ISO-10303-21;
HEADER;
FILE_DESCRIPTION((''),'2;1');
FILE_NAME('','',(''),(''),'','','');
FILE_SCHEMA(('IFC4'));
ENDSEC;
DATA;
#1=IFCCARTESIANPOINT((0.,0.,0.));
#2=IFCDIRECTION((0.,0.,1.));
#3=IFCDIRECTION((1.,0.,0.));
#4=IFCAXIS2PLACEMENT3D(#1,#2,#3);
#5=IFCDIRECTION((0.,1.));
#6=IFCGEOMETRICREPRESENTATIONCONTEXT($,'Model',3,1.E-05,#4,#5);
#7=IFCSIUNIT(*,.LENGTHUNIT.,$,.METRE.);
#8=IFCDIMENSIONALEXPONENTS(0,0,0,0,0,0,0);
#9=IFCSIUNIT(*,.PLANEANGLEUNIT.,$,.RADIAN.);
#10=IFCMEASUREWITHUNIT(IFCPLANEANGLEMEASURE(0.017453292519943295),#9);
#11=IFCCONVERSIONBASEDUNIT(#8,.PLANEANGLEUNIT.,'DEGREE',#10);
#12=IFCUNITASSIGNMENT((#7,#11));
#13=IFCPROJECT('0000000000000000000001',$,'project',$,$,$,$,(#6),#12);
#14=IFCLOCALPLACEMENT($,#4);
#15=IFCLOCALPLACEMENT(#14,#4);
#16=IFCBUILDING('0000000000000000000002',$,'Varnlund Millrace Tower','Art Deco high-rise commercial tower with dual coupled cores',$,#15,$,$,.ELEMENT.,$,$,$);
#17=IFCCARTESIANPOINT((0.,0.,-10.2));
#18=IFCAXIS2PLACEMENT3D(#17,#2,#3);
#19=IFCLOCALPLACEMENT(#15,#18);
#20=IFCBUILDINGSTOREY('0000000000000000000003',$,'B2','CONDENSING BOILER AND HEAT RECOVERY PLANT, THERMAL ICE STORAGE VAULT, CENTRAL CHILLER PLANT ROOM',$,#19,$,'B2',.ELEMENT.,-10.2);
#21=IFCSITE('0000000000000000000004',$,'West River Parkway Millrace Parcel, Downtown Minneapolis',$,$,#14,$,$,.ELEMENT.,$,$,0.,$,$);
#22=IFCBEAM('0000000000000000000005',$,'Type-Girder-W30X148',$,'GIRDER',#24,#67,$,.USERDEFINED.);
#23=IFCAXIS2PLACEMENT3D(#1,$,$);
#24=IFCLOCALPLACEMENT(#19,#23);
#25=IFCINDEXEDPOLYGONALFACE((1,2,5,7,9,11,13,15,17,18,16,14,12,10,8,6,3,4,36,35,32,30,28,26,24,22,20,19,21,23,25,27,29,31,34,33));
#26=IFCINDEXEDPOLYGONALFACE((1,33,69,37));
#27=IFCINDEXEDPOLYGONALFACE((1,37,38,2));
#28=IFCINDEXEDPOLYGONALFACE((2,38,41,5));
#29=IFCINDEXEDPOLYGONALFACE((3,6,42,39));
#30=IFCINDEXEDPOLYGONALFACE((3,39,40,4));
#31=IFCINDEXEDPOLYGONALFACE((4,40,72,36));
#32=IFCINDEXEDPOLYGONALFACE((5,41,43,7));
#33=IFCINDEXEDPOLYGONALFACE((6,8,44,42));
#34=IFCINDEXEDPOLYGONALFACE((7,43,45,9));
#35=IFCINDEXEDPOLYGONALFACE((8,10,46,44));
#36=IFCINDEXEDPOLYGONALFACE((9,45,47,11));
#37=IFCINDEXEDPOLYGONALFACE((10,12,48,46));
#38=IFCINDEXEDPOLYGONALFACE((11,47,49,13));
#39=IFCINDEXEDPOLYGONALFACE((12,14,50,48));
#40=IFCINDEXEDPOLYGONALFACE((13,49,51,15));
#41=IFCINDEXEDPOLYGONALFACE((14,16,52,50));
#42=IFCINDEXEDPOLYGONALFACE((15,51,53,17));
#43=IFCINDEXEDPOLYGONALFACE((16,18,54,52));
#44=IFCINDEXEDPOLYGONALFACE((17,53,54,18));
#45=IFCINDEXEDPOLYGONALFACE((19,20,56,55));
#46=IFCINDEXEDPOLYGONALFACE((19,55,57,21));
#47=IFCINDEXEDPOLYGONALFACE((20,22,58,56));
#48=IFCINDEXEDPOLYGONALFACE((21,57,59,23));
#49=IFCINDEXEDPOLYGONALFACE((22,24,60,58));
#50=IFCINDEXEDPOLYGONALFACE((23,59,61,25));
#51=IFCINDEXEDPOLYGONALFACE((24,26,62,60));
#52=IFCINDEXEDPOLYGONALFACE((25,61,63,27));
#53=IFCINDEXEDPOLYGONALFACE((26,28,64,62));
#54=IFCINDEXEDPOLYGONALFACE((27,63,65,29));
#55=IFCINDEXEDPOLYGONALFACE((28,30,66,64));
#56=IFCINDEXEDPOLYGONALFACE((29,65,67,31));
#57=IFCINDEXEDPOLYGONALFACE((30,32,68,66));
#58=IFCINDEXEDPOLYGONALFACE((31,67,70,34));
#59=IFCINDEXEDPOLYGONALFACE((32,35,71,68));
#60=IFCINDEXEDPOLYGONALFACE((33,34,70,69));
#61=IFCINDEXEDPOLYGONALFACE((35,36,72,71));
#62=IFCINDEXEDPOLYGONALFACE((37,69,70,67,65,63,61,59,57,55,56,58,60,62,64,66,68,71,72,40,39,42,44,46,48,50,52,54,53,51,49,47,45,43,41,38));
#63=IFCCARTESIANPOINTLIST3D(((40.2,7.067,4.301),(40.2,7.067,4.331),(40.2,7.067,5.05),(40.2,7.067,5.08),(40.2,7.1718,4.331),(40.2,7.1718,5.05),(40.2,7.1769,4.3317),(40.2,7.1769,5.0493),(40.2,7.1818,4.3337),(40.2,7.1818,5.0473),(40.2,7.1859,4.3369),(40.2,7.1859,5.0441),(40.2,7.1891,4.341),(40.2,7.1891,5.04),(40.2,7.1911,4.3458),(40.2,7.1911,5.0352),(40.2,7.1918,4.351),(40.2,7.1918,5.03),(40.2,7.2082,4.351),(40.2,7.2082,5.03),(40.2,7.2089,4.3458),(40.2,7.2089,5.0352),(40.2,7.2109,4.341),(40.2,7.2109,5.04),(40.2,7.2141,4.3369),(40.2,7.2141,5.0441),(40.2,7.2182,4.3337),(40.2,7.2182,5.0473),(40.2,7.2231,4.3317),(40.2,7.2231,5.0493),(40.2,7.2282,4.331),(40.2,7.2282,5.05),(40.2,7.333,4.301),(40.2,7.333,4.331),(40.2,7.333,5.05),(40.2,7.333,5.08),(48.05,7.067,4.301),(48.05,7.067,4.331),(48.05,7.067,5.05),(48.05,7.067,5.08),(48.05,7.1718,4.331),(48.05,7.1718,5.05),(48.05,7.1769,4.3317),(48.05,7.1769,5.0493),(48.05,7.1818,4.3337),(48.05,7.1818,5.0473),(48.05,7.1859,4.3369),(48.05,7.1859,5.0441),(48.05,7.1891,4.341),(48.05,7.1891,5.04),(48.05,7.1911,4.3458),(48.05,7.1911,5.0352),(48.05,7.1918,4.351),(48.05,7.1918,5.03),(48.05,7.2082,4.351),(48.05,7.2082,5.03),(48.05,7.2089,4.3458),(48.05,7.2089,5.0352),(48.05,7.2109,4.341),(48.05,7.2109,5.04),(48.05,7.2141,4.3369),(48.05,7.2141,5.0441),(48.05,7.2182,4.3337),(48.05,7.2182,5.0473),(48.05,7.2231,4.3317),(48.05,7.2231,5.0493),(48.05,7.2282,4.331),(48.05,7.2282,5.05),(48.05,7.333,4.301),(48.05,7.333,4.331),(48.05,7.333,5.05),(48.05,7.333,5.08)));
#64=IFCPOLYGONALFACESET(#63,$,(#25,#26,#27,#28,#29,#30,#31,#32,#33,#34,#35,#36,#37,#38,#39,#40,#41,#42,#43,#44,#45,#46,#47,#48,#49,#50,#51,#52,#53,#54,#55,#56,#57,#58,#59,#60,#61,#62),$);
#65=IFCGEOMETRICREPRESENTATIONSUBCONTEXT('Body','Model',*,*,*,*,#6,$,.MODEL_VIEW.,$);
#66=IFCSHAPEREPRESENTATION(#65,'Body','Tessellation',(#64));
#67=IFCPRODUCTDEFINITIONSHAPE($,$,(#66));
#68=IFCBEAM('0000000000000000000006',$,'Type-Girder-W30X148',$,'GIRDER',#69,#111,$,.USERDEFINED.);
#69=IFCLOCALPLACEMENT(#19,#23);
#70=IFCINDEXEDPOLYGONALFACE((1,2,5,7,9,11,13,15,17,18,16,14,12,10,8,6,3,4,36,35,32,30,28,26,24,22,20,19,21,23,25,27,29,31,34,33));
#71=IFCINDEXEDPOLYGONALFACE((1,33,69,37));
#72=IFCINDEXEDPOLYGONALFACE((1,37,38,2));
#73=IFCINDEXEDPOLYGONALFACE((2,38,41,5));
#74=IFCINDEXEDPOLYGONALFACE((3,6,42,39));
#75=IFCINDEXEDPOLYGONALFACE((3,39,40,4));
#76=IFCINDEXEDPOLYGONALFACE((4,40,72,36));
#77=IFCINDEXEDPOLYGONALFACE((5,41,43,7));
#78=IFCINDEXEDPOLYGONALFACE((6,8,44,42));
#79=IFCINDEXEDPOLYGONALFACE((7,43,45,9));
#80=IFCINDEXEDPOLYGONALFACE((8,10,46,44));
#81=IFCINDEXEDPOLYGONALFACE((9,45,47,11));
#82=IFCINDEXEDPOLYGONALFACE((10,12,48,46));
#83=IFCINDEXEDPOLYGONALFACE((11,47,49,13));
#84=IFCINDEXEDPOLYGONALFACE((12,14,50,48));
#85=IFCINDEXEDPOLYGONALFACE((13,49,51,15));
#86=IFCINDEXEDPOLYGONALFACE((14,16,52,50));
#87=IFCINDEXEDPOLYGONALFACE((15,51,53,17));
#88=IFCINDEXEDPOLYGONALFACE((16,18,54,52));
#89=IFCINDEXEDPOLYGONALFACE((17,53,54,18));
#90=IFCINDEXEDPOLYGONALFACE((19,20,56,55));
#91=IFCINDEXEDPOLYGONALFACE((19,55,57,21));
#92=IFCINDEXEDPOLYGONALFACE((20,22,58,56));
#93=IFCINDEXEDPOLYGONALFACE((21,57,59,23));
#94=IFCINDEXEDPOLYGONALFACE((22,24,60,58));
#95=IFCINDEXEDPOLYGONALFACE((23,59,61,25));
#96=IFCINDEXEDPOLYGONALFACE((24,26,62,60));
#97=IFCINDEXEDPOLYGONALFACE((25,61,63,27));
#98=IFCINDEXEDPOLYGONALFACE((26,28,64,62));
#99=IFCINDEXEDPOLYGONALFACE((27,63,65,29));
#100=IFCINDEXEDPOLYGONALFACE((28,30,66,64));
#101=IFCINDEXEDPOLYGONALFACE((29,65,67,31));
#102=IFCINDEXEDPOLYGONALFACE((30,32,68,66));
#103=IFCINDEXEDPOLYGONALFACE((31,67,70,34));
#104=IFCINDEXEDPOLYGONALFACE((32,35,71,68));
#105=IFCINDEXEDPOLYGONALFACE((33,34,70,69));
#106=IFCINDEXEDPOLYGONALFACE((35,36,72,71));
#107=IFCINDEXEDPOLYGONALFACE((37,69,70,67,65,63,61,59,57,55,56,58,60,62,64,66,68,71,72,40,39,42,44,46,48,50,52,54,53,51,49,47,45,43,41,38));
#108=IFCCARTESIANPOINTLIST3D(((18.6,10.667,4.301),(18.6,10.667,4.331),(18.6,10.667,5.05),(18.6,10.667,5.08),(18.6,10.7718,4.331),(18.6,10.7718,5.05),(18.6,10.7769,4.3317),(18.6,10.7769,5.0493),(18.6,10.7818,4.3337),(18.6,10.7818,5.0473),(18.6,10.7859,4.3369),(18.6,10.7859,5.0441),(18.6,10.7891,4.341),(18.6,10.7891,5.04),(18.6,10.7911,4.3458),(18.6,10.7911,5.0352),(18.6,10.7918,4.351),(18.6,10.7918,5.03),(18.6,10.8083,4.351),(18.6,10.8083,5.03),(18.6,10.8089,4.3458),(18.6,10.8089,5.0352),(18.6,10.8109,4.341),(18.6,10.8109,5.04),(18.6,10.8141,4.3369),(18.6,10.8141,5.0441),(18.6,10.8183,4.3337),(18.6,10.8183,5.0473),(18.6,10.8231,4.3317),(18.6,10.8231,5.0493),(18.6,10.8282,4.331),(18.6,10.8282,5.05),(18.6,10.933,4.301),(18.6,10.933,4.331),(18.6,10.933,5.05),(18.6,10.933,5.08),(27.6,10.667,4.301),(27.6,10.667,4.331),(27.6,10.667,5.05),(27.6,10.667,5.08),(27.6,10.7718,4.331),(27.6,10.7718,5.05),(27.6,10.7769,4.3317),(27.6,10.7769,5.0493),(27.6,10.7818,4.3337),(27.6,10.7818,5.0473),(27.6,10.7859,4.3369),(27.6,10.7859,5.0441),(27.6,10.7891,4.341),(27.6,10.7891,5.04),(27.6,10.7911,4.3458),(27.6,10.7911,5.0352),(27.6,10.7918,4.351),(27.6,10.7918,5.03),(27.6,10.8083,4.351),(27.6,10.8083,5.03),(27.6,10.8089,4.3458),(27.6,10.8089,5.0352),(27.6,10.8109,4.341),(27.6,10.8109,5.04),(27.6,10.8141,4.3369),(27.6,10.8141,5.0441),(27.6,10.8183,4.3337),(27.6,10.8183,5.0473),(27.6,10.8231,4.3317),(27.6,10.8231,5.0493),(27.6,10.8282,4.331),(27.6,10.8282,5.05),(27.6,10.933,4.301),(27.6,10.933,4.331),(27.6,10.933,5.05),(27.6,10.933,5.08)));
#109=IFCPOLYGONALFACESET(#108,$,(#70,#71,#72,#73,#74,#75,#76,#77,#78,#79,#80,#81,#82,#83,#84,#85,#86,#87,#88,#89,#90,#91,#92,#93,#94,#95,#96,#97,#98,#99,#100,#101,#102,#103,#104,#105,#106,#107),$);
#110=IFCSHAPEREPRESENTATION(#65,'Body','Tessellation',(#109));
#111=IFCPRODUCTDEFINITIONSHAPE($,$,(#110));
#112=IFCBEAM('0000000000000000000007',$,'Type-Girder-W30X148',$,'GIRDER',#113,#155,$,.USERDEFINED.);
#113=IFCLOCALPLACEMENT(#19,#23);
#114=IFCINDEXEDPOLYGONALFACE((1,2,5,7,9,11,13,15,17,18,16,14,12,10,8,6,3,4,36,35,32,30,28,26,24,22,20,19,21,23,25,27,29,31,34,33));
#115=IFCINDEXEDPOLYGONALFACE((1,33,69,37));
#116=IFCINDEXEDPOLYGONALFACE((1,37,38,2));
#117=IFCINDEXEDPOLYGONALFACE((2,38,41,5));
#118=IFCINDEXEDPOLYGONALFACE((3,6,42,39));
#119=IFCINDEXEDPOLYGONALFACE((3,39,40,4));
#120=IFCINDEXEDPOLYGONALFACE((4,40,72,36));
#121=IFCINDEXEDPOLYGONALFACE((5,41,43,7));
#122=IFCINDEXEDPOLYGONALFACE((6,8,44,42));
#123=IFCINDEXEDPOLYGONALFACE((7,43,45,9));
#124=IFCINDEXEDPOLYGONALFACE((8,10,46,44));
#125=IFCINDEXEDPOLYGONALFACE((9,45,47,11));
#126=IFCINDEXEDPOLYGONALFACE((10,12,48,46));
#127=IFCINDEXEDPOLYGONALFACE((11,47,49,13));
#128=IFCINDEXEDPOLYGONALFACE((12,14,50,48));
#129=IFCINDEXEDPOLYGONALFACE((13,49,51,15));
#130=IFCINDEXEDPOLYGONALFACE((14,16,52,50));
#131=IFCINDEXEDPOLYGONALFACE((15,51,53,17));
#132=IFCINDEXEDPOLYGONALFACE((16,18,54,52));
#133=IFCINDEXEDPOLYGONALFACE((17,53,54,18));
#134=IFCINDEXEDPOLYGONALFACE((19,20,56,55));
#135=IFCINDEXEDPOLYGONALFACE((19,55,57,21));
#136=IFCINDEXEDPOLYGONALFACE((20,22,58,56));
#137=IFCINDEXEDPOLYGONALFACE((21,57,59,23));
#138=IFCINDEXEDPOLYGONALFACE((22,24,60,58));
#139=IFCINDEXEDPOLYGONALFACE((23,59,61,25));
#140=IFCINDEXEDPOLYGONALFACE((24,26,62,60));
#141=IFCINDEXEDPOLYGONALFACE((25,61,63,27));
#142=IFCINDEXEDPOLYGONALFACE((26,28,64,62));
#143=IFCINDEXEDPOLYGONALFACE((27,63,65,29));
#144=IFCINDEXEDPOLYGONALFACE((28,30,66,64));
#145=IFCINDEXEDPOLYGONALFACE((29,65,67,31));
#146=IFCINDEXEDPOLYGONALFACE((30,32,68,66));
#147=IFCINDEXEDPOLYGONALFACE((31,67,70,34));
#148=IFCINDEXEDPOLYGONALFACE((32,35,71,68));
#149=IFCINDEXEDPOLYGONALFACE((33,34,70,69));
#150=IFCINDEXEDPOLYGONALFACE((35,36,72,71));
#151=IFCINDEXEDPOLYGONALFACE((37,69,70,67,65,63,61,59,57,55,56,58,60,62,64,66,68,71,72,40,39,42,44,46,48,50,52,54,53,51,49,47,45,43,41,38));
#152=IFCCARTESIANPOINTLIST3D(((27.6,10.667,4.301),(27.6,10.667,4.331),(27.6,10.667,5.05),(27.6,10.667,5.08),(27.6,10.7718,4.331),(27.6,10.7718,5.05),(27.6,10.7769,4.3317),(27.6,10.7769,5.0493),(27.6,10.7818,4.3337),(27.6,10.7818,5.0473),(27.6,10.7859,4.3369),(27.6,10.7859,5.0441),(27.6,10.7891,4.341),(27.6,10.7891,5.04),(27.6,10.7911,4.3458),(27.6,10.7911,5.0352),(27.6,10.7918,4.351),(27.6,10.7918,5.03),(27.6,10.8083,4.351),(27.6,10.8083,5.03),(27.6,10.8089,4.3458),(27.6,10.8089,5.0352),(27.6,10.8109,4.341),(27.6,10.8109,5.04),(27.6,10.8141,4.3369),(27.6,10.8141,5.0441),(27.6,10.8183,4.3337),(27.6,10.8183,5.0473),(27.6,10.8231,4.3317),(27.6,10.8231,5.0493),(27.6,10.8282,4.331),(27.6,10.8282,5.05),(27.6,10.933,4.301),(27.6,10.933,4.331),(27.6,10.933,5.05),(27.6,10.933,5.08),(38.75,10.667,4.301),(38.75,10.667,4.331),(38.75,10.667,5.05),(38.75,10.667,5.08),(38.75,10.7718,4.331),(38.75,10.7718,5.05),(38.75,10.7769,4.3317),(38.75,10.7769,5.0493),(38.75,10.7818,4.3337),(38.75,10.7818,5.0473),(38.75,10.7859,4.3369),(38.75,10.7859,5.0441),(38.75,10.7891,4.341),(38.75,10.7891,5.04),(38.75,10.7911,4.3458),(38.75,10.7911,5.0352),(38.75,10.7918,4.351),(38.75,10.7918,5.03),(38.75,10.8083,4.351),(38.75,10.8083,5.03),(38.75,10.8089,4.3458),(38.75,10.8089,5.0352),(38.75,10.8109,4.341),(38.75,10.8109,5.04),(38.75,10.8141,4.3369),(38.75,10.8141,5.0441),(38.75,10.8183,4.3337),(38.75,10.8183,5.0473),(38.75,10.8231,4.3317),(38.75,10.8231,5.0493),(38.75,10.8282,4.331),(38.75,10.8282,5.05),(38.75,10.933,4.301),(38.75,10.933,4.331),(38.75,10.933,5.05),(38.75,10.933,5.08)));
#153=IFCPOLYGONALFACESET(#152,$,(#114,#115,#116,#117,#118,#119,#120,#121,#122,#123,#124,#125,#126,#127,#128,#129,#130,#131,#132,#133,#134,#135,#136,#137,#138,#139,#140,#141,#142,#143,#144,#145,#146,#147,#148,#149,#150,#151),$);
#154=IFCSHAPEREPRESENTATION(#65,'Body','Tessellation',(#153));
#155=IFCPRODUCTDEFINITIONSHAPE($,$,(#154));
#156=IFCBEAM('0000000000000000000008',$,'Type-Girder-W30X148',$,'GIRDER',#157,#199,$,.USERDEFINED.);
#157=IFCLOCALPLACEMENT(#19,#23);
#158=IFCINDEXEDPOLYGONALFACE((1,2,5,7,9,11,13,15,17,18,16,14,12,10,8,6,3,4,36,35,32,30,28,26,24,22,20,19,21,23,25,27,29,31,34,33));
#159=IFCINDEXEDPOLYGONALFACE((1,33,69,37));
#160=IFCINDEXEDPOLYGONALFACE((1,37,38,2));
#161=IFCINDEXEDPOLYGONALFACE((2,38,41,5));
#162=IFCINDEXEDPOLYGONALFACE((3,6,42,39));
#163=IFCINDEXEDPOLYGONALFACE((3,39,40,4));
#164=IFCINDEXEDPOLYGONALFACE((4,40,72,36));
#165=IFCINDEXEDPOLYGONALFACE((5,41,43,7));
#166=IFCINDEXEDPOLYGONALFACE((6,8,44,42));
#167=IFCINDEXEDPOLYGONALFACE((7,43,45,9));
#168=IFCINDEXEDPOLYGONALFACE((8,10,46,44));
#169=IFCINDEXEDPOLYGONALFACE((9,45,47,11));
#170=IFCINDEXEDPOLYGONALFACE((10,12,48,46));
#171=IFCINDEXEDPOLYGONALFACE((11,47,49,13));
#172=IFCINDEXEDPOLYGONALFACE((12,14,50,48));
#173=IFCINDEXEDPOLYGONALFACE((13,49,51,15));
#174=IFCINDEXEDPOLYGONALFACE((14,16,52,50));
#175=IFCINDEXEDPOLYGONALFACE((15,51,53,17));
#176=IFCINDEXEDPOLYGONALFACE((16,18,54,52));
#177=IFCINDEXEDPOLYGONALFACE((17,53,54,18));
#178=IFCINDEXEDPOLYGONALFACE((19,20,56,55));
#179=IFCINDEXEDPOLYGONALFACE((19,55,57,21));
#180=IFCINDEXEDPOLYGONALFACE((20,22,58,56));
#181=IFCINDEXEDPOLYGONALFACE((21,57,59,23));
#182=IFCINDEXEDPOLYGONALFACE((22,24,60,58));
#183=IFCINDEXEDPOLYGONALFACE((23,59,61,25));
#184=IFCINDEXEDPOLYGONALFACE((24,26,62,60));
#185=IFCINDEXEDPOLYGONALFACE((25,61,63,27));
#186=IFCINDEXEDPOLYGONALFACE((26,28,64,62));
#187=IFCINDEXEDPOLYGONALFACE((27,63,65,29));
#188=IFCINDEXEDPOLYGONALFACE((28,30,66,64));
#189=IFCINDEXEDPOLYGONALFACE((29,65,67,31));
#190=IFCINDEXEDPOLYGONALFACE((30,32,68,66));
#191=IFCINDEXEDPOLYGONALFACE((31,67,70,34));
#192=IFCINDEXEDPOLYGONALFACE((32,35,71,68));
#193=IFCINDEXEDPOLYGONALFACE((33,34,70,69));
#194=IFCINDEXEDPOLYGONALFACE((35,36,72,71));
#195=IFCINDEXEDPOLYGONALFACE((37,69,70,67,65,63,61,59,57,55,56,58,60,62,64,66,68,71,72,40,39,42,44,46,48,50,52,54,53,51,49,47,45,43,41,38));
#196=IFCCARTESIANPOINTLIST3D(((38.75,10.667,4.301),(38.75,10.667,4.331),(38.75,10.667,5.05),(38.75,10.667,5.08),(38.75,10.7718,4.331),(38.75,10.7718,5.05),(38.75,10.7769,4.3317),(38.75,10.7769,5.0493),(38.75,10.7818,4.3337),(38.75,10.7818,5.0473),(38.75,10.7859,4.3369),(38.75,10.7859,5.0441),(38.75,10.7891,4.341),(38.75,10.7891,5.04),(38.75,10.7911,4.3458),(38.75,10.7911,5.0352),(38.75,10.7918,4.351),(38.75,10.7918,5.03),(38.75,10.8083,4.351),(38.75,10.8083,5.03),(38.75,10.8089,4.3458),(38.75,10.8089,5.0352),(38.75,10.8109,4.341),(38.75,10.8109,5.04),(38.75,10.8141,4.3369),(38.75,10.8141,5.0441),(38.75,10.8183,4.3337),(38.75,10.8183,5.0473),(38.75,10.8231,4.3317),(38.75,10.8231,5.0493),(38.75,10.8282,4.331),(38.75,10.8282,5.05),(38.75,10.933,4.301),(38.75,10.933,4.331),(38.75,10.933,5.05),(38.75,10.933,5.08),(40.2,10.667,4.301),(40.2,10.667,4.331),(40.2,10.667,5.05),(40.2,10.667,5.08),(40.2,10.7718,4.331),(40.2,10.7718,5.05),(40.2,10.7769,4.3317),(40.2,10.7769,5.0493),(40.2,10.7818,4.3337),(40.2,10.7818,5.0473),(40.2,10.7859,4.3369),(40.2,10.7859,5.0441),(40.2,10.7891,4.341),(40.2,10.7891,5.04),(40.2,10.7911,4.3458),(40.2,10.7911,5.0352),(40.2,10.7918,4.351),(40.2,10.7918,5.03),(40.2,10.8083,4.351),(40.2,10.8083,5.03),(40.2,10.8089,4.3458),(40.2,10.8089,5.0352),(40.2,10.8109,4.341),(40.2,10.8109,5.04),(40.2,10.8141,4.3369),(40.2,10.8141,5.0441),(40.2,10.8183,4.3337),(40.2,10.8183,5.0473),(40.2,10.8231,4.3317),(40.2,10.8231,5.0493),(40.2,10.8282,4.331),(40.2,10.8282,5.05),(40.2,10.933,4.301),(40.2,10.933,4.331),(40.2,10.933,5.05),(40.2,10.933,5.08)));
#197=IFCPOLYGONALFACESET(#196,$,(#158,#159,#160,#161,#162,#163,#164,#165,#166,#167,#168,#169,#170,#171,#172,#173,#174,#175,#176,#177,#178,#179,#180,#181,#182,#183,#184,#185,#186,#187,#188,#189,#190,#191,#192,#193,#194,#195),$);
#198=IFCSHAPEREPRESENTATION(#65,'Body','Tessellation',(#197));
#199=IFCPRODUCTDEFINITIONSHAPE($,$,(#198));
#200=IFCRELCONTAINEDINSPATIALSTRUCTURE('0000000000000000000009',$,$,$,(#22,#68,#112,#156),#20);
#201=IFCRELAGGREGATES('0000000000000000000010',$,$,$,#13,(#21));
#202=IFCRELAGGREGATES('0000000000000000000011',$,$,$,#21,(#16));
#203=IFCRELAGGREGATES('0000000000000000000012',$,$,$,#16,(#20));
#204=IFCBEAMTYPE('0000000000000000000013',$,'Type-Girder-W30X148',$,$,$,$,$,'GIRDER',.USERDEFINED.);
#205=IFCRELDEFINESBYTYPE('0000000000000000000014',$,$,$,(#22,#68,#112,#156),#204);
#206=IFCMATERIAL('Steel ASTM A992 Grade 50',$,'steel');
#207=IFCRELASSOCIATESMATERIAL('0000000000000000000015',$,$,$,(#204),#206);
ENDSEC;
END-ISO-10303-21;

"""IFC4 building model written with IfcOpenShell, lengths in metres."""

from ifc_helpers import new_model, entity, si_unit, converted_unit, direction, frame, origin_with_axes, origin_2d_with_axis, place, context, subcontext, project, spatial, i_section, extrude, material, material_profile, profile_set, type_object, element, save


model = new_model("IFC4")

# Units and contexts
model_context = context("Model", 3, precision=1e-05, world=origin_with_axes(), true_north=direction((0.0, 1.0)))
body_context = subcontext(model_context, "Body", "Model", "MODEL_VIEW")
ifc_project = project(units=[si_unit("LENGTHUNIT", "METRE"), converted_unit("PLANEANGLEUNIT", "DEGREE", entity("IfcPlaneAngleMeasure", 0.017453292519943295), si_unit("PLANEANGLEUNIT", "RADIAN"), dimensions=[0, 0, 0, 0, 0, 0, 0])], contexts=[model_context])

# Site, building, storey
site_placement = place(None, origin_with_axes())
site = spatial("IfcSite", under=ifc_project, at=site_placement, Name="West River Parkway Millrace Parcel, Downtown Minneapolis", CompositionType="ELEMENT", RefElevation=0.0)
building_placement = place(site_placement, origin_with_axes())
building = spatial("IfcBuilding", under=site, at=building_placement, Name="Varnlund Millrace Tower", Description="Art Deco high-rise commercial tower with dual coupled cores", CompositionType="ELEMENT")
storey_placement = place(building_placement, frame((0.0, 0.0, -10.2), z_axis=(0.0, 0.0, 1.0), x_axis=(1.0, 0.0, 0.0)))
storey = spatial("IfcBuildingStorey", under=building, at=storey_placement, Name="B2", Description="CONDENSING BOILER AND HEAT RECOVERY PLANT, THERMAL ICE STORAGE VAULT, CENTRAL CHILLER PLANT ROOM", LongName="B2", CompositionType="ELEMENT", Elevation=-10.2)

# Beams
ifc_material_1 = material(Name="Steel ASTM A992 Grade 50", Category="steel")
ifc_material_profile_1 = material_profile(ifc_material_1, i_section(OverallWidth=0.266, OverallDepth=0.779, WebThickness=0.0165, FlangeThickness=0.03, FilletRadius=0.02, at=origin_2d_with_axis()), Name="Steel ASTM A992 Grade 50")
ifc_profile_set_1 = profile_set([ifc_material_profile_1], Name="Steel ASTM A992 Grade 50")
beam_type_1 = type_object("IfcBeamType", Name="Type-Girder-W30X148", ElementType="GIRDER", PredefinedType="USERDEFINED", material=ifc_profile_set_1)
beam_1_placement = place(storey_placement, frame((40.2, 7.2, 4.6905), z_axis=(1.0, 0.0, 0.0), x_axis=(0.0, 1.0, 0.0)))
element("IfcBeam", 1, at=beam_1_placement, inside=storey, type_object=beam_type_1, Name="Type-Girder-W30X148", ObjectType="GIRDER", PredefinedType="USERDEFINED", context=body_context, shape_type="SweptSolid", body=[
    extrude(i_section(OverallWidth=0.266, OverallDepth=0.779, WebThickness=0.0165, FlangeThickness=0.03, FilletRadius=0.02, at=origin_2d_with_axis()), origin_with_axes(), (0.0, 0.0, 1.0), 7.85),
])
beam_2_placement = place(storey_placement, frame((18.6, 10.8, 4.6905), z_axis=(1.0, 0.0, 0.0), x_axis=(0.0, 1.0, 0.0)))
element("IfcBeam", 2, at=beam_2_placement, inside=storey, type_object=beam_type_1, Name="Type-Girder-W30X148", ObjectType="GIRDER", PredefinedType="USERDEFINED", context=body_context, shape_type="SweptSolid", body=[
    extrude(i_section(OverallWidth=0.266, OverallDepth=0.779, WebThickness=0.0165, FlangeThickness=0.03, FilletRadius=0.02, at=origin_2d_with_axis()), origin_with_axes(), (0.0, 0.0, 1.0), 9.0),
])
beam_3_placement = place(storey_placement, frame((27.6, 10.8, 4.6905), z_axis=(1.0, 0.0, 0.0), x_axis=(0.0, 1.0, 0.0)))
element("IfcBeam", 3, at=beam_3_placement, inside=storey, type_object=beam_type_1, Name="Type-Girder-W30X148", ObjectType="GIRDER", PredefinedType="USERDEFINED", context=body_context, shape_type="SweptSolid", body=[
    extrude(i_section(OverallWidth=0.266, OverallDepth=0.779, WebThickness=0.0165, FlangeThickness=0.03, FilletRadius=0.02, at=origin_2d_with_axis()), origin_with_axes(), (0.0, 0.0, 1.0), 11.15),
])
beam_4_placement = place(storey_placement, frame((38.75, 10.8, 4.6905), z_axis=(1.0, 0.0, 0.0), x_axis=(0.0, 1.0, 0.0)))
element("IfcBeam", 4, at=beam_4_placement, inside=storey, type_object=beam_type_1, Name="Type-Girder-W30X148", ObjectType="GIRDER", PredefinedType="USERDEFINED", context=body_context, shape_type="SweptSolid", body=[
    extrude(i_section(OverallWidth=0.266, OverallDepth=0.779, WebThickness=0.0165, FlangeThickness=0.03, FilletRadius=0.02, at=origin_2d_with_axis()), origin_with_axes(), (0.0, 0.0, 1.0), 1.45),
])

save(model, "model.ifc")
